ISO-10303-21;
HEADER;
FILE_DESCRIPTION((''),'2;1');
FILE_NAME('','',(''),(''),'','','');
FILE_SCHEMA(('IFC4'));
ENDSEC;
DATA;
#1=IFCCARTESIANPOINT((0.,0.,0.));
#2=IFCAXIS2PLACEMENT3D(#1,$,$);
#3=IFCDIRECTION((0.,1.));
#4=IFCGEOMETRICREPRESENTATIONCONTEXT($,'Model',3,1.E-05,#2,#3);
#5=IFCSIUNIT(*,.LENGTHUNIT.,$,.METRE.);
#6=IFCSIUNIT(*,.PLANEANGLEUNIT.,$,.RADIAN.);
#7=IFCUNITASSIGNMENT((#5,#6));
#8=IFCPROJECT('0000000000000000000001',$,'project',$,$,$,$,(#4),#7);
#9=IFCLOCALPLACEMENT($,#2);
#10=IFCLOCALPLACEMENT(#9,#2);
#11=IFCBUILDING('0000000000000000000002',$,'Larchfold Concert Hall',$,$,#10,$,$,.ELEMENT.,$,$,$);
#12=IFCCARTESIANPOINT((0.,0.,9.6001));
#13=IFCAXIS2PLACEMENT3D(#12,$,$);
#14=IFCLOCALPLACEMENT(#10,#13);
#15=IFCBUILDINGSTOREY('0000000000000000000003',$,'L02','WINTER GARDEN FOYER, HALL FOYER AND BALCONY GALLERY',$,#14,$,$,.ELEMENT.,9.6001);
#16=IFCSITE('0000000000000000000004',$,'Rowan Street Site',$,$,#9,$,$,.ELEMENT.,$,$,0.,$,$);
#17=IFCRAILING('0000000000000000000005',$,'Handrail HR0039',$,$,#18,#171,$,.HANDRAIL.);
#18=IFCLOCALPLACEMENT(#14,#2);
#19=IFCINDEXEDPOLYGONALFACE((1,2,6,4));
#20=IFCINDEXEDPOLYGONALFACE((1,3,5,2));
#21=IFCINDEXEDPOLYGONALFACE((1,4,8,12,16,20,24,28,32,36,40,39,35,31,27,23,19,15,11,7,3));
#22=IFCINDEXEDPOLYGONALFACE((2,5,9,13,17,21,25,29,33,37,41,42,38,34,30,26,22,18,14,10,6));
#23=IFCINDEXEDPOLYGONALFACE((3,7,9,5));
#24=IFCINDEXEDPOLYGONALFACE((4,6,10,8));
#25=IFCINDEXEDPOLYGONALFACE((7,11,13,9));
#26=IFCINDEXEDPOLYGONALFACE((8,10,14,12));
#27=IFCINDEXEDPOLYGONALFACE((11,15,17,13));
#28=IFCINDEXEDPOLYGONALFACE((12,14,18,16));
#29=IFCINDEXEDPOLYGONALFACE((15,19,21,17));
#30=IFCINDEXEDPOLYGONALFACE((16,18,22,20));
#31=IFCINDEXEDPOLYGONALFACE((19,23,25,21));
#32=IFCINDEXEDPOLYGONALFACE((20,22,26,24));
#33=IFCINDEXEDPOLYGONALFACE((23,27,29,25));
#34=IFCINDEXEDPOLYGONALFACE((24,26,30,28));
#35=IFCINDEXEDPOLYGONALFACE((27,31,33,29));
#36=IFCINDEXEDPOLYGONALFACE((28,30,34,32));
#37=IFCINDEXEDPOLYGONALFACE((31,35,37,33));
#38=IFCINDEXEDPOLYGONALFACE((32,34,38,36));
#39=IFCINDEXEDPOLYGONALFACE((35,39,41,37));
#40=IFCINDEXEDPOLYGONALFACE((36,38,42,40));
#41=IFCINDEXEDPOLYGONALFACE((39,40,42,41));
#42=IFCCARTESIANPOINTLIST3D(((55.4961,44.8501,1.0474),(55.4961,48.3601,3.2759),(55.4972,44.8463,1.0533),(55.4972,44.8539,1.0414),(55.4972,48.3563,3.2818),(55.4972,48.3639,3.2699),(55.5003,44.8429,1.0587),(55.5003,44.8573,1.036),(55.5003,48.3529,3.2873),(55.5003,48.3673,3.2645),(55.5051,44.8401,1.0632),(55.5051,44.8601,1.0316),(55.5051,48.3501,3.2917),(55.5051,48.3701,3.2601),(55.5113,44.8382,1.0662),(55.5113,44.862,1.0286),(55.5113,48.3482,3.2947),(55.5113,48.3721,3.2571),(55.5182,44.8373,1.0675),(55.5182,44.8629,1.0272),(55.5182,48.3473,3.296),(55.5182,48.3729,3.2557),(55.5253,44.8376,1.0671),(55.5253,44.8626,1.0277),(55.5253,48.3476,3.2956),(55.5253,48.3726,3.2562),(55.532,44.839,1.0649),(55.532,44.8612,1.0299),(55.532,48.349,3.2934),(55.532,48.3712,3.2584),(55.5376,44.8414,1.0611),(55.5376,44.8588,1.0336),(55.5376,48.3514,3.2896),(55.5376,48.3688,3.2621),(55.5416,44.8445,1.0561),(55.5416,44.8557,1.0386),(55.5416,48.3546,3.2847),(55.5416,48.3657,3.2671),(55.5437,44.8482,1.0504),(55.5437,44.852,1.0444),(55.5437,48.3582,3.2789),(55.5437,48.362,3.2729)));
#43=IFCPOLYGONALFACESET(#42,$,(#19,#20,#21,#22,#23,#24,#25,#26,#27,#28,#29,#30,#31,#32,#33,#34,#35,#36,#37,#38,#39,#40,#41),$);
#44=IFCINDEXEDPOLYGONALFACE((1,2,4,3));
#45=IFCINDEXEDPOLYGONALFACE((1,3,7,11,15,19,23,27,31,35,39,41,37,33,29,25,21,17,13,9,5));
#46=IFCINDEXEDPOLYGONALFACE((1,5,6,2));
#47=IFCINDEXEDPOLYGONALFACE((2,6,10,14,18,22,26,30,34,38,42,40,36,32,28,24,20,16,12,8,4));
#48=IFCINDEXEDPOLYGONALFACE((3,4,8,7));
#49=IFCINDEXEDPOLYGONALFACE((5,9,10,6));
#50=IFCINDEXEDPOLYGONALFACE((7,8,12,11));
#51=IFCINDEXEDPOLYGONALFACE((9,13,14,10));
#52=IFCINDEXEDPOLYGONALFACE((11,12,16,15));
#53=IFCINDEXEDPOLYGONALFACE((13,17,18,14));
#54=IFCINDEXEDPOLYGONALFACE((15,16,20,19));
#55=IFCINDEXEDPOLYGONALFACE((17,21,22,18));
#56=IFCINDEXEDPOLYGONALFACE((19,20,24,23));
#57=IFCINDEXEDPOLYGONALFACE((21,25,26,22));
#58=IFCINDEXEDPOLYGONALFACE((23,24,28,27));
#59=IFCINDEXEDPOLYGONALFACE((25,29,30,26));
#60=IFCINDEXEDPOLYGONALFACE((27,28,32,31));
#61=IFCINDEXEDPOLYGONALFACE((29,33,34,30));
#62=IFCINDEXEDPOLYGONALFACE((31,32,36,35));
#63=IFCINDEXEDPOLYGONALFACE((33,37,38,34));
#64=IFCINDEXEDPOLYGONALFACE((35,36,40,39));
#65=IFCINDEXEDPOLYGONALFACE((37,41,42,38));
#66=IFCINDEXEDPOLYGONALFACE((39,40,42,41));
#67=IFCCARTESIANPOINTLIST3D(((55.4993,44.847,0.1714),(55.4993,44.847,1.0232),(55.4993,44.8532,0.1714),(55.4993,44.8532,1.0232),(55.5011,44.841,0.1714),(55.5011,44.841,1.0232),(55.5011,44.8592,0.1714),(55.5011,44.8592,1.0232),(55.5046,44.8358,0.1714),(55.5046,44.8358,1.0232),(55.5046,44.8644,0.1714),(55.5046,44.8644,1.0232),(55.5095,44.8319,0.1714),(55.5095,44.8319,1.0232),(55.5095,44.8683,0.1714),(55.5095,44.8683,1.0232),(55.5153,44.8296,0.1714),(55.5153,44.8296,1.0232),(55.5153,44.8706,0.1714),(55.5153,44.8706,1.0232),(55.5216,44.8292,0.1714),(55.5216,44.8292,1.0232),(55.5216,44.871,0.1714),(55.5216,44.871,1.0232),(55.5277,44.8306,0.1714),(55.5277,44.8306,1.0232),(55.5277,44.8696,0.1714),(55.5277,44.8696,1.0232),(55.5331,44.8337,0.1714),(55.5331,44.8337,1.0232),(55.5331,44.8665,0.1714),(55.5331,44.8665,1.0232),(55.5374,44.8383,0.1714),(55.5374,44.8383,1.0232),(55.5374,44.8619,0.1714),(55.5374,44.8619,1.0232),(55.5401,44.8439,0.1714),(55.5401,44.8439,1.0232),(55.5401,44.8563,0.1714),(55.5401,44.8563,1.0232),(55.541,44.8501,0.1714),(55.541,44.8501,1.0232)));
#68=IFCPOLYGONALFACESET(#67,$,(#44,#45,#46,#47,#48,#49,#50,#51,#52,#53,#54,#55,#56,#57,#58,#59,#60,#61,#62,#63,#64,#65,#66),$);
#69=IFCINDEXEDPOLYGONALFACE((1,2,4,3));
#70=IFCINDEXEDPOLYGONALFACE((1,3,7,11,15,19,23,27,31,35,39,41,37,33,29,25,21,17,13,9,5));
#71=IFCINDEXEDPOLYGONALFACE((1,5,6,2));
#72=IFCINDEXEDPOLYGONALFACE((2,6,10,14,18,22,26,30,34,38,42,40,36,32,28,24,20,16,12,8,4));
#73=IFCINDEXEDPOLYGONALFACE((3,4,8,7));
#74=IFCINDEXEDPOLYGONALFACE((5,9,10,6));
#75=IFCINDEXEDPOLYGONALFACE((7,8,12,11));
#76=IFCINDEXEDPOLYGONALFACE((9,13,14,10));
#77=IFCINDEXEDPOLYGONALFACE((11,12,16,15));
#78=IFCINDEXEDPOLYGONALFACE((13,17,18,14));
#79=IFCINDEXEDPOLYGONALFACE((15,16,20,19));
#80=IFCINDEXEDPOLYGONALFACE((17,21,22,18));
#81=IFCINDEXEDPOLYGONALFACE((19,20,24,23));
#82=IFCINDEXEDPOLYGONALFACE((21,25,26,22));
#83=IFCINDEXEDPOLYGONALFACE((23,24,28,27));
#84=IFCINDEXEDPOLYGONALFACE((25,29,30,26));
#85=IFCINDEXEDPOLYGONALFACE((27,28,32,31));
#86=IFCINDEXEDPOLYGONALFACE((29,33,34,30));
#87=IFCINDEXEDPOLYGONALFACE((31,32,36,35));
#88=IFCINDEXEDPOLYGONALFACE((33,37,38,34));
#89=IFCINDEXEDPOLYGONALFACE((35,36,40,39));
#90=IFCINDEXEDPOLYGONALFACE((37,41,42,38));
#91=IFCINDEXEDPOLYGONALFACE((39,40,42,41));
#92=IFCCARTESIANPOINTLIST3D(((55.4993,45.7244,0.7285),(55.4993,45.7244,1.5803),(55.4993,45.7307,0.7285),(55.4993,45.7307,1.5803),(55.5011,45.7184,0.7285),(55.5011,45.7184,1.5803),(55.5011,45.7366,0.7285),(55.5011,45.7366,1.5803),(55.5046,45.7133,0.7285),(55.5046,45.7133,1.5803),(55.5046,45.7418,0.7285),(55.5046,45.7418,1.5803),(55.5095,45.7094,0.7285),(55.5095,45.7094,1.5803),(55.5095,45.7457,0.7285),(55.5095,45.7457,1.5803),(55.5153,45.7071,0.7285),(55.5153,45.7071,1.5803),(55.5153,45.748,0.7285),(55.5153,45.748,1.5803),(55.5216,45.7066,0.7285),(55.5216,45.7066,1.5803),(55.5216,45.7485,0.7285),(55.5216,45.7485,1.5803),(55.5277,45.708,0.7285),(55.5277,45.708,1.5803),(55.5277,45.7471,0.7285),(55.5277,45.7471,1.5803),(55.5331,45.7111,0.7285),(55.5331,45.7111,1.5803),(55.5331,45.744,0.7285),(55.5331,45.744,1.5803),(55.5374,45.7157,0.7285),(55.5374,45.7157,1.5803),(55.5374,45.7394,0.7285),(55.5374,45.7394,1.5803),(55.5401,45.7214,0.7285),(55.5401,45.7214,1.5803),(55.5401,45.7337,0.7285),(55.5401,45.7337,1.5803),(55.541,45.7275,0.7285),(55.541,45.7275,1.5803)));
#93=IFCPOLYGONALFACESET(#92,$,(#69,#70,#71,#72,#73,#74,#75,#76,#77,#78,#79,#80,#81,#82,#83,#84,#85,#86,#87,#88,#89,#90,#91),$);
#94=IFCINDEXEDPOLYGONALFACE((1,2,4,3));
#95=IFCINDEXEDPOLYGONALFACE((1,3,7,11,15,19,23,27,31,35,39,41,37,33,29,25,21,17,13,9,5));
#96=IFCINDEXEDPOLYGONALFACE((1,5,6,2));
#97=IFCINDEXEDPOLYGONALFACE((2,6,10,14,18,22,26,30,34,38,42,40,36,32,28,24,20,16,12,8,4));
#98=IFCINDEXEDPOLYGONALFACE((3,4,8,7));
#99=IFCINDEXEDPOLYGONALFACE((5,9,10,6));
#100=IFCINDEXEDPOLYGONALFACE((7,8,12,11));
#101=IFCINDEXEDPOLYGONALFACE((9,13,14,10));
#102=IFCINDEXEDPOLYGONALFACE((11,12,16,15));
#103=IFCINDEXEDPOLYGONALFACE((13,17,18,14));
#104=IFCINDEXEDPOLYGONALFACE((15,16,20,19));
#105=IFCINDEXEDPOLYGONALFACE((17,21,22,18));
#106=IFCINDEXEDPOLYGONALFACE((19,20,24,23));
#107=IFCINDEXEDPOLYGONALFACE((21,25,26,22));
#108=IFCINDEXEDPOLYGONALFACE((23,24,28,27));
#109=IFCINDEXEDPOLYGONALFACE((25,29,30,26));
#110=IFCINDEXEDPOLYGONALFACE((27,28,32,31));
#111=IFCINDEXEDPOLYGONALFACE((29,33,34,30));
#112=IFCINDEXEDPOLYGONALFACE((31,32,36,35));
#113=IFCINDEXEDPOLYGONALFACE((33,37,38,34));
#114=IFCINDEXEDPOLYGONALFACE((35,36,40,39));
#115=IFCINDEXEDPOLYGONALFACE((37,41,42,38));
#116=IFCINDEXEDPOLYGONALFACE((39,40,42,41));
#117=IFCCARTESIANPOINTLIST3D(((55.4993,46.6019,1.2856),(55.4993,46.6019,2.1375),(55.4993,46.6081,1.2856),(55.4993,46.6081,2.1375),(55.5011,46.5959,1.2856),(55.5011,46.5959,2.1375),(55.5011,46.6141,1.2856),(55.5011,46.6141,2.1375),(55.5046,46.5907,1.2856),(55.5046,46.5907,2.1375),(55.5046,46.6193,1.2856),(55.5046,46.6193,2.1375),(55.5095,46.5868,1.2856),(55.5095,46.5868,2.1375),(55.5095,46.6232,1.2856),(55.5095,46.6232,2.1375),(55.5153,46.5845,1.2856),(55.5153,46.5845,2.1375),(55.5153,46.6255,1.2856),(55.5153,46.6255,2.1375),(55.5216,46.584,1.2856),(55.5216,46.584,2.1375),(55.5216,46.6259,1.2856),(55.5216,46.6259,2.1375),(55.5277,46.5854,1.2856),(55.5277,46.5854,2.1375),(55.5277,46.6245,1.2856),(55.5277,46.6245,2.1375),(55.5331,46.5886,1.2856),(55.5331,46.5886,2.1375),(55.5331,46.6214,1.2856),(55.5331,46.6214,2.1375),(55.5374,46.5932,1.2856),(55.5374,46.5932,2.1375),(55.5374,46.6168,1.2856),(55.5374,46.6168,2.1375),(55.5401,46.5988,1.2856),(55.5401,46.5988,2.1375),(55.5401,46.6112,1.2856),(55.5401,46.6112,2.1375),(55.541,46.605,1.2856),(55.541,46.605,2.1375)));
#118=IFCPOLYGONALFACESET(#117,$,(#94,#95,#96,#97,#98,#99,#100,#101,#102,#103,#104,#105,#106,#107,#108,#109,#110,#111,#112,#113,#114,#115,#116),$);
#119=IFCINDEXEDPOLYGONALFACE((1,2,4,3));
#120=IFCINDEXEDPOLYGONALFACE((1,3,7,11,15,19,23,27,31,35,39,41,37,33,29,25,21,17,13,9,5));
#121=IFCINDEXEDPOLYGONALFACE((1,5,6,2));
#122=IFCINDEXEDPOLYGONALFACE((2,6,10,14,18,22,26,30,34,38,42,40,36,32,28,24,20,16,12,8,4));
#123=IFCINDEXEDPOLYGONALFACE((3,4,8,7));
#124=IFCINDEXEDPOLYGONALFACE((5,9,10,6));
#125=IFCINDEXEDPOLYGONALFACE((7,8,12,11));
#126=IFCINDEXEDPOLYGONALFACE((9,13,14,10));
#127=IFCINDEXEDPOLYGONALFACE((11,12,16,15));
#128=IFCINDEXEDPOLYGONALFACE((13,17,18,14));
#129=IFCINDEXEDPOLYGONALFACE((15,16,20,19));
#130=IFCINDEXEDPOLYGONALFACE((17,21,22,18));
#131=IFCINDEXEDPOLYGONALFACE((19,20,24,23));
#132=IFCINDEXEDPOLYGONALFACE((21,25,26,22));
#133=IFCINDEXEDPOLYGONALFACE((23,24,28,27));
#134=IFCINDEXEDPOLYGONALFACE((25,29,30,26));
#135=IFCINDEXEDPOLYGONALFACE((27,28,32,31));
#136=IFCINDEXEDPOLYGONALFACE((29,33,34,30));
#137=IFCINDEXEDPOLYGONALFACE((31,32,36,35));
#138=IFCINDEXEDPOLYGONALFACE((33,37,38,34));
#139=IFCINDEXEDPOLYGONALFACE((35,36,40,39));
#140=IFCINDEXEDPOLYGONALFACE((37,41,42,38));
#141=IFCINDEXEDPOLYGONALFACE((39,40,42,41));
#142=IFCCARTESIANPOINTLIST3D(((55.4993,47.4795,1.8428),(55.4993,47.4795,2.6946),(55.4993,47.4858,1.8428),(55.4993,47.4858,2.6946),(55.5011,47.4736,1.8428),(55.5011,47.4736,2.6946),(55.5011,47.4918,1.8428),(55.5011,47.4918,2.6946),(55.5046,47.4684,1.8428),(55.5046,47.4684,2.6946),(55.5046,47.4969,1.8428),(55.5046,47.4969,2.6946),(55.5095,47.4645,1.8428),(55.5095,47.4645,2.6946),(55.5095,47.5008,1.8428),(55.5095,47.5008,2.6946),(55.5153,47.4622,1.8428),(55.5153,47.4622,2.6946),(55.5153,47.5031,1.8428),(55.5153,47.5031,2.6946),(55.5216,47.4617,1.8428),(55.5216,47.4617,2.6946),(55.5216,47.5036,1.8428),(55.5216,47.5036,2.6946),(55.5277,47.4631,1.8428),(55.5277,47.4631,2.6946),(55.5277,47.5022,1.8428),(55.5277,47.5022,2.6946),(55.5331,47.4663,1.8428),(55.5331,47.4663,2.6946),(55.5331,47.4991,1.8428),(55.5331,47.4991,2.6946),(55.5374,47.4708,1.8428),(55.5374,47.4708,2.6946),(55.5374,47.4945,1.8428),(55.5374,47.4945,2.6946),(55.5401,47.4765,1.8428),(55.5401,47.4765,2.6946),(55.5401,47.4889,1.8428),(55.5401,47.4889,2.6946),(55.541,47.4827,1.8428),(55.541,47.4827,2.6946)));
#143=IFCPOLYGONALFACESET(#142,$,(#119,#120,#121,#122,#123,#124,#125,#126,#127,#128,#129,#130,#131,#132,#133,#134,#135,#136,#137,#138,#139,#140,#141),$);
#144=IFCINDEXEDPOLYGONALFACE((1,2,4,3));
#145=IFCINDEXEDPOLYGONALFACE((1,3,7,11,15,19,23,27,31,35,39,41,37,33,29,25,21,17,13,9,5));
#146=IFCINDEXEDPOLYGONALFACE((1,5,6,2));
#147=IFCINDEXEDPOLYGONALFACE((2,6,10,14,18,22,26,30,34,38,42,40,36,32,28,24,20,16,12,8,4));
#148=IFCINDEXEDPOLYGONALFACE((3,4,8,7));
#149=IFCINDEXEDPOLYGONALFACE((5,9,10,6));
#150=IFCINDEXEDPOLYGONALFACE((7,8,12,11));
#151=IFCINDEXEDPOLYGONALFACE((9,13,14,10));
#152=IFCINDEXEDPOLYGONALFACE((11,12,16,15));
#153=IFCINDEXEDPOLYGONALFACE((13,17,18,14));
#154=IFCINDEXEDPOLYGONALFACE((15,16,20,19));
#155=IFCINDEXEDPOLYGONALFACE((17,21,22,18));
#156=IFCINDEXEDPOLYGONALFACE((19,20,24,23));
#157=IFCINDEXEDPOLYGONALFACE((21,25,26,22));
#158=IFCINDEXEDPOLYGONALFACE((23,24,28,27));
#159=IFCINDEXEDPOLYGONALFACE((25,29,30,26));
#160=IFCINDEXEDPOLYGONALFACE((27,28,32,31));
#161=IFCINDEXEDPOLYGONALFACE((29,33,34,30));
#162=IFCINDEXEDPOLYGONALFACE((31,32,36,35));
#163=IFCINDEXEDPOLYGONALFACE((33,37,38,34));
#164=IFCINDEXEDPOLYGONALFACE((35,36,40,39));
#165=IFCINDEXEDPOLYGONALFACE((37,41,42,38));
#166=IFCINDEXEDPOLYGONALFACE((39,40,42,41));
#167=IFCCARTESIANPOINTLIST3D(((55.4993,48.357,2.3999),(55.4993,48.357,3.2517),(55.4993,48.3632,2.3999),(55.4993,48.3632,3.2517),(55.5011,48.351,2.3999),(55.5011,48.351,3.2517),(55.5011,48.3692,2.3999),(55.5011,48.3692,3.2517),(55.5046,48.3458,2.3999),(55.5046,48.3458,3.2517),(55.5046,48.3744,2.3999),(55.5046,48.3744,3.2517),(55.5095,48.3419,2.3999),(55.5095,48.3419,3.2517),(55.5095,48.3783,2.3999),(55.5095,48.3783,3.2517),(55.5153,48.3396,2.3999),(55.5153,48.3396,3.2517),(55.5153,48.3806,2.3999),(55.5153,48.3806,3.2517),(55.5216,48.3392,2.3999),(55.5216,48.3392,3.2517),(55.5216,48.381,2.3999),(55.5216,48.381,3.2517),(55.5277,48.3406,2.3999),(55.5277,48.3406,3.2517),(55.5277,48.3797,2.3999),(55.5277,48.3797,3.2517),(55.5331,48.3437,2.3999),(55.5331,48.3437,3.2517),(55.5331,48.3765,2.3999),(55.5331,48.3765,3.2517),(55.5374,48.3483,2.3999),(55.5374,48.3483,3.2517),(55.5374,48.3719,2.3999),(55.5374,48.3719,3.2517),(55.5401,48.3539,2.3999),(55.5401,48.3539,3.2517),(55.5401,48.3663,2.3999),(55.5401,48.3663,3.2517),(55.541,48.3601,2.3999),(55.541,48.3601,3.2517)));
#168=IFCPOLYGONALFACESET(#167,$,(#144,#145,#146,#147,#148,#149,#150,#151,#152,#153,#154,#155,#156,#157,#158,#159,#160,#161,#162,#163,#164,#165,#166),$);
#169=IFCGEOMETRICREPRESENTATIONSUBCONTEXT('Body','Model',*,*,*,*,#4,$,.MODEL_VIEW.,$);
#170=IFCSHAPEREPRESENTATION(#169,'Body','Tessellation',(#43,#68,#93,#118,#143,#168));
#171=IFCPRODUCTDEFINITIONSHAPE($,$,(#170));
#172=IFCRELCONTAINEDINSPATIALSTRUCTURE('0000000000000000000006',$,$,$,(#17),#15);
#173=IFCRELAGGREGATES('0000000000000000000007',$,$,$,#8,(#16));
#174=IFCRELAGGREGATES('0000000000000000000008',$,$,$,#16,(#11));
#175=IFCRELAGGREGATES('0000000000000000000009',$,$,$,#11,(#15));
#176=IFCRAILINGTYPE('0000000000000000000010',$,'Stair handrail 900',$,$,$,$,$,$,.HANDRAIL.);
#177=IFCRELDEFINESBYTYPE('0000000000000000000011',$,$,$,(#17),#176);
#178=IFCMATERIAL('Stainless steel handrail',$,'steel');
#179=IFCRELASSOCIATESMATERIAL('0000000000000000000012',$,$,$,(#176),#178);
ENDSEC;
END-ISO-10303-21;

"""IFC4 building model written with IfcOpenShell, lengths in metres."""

from ifc_helpers import new_model, si_unit, direction, frame, origin, origin_2d, place, context, subcontext, project, spatial, circle, extrude, material, type_object, element, save


model = new_model("IFC4")

# Units and contexts
model_context = context("Model", 3, precision=1e-05, world=origin(), true_north=direction((0.0, 1.0)))
body_context = subcontext(model_context, "Body", "Model", "MODEL_VIEW")
ifc_project = project(units=[si_unit("LENGTHUNIT", "METRE"), si_unit("PLANEANGLEUNIT", "RADIAN")], contexts=[model_context])

# Site, building, storey
site_placement = place(None, origin())
site = spatial("IfcSite", under=ifc_project, at=site_placement, Name="Rowan Street Site", CompositionType="ELEMENT", RefElevation=0.0)
building_placement = place(site_placement, origin())
building = spatial("IfcBuilding", under=site, at=building_placement, Name="Larchfold Concert Hall", CompositionType="ELEMENT")
storey_placement = place(building_placement, frame((0.0, 0.0, 9.6001)))
storey = spatial("IfcBuildingStorey", under=building, at=storey_placement, Name="L02", Description="WINTER GARDEN FOYER, HALL FOYER AND BALCONY GALLERY", CompositionType="ELEMENT", Elevation=9.6001)

# Railing
ifc_material_1 = material(Name="Stainless steel handrail", Category="steel")
railing_type_1 = type_object("IfcRailingType", Name="Stair handrail 900", PredefinedType="HANDRAIL", material=ifc_material_1)
railing_1_placement = place(storey_placement, frame((55.52, 44.8501, 0.1714)))
element("IfcRailing", 1, at=railing_1_placement, inside=storey, type_object=railing_type_1, Name="Handrail HR0039", PredefinedType="HANDRAIL", context=body_context, shape_type="SweptSolid", body=[
    extrude(circle(Radius=0.0239, at=origin_2d()), frame((0.0, 0.0, 0.876), z_axis=(0.0, 0.84422, 0.535998), x_axis=(-1.0, 0.0, 0.0)), (0.0, 0.0, 1.0), 4.1577),
    extrude(circle(Radius=0.021, at=origin_2d()), origin(), (0.0, 0.0, 1.0), 0.8518),
    extrude(circle(Radius=0.021, at=origin_2d()), frame((0.0, 0.8774, 0.5571)), (0.0, 0.0, 1.0), 0.8518),
    extrude(circle(Radius=0.021, at=origin_2d()), frame((0.0, 1.7549, 1.1143)), (0.0, 0.0, 1.0), 0.8518),
    extrude(circle(Radius=0.021, at=origin_2d()), frame((0.0, 2.6326, 1.6714)), (0.0, 0.0, 1.0), 0.8518),
    extrude(circle(Radius=0.021, at=origin_2d()), frame((0.0, 3.51, 2.2285)), (0.0, 0.0, 1.0), 0.8518),
])

save(model, "model.ifc")
